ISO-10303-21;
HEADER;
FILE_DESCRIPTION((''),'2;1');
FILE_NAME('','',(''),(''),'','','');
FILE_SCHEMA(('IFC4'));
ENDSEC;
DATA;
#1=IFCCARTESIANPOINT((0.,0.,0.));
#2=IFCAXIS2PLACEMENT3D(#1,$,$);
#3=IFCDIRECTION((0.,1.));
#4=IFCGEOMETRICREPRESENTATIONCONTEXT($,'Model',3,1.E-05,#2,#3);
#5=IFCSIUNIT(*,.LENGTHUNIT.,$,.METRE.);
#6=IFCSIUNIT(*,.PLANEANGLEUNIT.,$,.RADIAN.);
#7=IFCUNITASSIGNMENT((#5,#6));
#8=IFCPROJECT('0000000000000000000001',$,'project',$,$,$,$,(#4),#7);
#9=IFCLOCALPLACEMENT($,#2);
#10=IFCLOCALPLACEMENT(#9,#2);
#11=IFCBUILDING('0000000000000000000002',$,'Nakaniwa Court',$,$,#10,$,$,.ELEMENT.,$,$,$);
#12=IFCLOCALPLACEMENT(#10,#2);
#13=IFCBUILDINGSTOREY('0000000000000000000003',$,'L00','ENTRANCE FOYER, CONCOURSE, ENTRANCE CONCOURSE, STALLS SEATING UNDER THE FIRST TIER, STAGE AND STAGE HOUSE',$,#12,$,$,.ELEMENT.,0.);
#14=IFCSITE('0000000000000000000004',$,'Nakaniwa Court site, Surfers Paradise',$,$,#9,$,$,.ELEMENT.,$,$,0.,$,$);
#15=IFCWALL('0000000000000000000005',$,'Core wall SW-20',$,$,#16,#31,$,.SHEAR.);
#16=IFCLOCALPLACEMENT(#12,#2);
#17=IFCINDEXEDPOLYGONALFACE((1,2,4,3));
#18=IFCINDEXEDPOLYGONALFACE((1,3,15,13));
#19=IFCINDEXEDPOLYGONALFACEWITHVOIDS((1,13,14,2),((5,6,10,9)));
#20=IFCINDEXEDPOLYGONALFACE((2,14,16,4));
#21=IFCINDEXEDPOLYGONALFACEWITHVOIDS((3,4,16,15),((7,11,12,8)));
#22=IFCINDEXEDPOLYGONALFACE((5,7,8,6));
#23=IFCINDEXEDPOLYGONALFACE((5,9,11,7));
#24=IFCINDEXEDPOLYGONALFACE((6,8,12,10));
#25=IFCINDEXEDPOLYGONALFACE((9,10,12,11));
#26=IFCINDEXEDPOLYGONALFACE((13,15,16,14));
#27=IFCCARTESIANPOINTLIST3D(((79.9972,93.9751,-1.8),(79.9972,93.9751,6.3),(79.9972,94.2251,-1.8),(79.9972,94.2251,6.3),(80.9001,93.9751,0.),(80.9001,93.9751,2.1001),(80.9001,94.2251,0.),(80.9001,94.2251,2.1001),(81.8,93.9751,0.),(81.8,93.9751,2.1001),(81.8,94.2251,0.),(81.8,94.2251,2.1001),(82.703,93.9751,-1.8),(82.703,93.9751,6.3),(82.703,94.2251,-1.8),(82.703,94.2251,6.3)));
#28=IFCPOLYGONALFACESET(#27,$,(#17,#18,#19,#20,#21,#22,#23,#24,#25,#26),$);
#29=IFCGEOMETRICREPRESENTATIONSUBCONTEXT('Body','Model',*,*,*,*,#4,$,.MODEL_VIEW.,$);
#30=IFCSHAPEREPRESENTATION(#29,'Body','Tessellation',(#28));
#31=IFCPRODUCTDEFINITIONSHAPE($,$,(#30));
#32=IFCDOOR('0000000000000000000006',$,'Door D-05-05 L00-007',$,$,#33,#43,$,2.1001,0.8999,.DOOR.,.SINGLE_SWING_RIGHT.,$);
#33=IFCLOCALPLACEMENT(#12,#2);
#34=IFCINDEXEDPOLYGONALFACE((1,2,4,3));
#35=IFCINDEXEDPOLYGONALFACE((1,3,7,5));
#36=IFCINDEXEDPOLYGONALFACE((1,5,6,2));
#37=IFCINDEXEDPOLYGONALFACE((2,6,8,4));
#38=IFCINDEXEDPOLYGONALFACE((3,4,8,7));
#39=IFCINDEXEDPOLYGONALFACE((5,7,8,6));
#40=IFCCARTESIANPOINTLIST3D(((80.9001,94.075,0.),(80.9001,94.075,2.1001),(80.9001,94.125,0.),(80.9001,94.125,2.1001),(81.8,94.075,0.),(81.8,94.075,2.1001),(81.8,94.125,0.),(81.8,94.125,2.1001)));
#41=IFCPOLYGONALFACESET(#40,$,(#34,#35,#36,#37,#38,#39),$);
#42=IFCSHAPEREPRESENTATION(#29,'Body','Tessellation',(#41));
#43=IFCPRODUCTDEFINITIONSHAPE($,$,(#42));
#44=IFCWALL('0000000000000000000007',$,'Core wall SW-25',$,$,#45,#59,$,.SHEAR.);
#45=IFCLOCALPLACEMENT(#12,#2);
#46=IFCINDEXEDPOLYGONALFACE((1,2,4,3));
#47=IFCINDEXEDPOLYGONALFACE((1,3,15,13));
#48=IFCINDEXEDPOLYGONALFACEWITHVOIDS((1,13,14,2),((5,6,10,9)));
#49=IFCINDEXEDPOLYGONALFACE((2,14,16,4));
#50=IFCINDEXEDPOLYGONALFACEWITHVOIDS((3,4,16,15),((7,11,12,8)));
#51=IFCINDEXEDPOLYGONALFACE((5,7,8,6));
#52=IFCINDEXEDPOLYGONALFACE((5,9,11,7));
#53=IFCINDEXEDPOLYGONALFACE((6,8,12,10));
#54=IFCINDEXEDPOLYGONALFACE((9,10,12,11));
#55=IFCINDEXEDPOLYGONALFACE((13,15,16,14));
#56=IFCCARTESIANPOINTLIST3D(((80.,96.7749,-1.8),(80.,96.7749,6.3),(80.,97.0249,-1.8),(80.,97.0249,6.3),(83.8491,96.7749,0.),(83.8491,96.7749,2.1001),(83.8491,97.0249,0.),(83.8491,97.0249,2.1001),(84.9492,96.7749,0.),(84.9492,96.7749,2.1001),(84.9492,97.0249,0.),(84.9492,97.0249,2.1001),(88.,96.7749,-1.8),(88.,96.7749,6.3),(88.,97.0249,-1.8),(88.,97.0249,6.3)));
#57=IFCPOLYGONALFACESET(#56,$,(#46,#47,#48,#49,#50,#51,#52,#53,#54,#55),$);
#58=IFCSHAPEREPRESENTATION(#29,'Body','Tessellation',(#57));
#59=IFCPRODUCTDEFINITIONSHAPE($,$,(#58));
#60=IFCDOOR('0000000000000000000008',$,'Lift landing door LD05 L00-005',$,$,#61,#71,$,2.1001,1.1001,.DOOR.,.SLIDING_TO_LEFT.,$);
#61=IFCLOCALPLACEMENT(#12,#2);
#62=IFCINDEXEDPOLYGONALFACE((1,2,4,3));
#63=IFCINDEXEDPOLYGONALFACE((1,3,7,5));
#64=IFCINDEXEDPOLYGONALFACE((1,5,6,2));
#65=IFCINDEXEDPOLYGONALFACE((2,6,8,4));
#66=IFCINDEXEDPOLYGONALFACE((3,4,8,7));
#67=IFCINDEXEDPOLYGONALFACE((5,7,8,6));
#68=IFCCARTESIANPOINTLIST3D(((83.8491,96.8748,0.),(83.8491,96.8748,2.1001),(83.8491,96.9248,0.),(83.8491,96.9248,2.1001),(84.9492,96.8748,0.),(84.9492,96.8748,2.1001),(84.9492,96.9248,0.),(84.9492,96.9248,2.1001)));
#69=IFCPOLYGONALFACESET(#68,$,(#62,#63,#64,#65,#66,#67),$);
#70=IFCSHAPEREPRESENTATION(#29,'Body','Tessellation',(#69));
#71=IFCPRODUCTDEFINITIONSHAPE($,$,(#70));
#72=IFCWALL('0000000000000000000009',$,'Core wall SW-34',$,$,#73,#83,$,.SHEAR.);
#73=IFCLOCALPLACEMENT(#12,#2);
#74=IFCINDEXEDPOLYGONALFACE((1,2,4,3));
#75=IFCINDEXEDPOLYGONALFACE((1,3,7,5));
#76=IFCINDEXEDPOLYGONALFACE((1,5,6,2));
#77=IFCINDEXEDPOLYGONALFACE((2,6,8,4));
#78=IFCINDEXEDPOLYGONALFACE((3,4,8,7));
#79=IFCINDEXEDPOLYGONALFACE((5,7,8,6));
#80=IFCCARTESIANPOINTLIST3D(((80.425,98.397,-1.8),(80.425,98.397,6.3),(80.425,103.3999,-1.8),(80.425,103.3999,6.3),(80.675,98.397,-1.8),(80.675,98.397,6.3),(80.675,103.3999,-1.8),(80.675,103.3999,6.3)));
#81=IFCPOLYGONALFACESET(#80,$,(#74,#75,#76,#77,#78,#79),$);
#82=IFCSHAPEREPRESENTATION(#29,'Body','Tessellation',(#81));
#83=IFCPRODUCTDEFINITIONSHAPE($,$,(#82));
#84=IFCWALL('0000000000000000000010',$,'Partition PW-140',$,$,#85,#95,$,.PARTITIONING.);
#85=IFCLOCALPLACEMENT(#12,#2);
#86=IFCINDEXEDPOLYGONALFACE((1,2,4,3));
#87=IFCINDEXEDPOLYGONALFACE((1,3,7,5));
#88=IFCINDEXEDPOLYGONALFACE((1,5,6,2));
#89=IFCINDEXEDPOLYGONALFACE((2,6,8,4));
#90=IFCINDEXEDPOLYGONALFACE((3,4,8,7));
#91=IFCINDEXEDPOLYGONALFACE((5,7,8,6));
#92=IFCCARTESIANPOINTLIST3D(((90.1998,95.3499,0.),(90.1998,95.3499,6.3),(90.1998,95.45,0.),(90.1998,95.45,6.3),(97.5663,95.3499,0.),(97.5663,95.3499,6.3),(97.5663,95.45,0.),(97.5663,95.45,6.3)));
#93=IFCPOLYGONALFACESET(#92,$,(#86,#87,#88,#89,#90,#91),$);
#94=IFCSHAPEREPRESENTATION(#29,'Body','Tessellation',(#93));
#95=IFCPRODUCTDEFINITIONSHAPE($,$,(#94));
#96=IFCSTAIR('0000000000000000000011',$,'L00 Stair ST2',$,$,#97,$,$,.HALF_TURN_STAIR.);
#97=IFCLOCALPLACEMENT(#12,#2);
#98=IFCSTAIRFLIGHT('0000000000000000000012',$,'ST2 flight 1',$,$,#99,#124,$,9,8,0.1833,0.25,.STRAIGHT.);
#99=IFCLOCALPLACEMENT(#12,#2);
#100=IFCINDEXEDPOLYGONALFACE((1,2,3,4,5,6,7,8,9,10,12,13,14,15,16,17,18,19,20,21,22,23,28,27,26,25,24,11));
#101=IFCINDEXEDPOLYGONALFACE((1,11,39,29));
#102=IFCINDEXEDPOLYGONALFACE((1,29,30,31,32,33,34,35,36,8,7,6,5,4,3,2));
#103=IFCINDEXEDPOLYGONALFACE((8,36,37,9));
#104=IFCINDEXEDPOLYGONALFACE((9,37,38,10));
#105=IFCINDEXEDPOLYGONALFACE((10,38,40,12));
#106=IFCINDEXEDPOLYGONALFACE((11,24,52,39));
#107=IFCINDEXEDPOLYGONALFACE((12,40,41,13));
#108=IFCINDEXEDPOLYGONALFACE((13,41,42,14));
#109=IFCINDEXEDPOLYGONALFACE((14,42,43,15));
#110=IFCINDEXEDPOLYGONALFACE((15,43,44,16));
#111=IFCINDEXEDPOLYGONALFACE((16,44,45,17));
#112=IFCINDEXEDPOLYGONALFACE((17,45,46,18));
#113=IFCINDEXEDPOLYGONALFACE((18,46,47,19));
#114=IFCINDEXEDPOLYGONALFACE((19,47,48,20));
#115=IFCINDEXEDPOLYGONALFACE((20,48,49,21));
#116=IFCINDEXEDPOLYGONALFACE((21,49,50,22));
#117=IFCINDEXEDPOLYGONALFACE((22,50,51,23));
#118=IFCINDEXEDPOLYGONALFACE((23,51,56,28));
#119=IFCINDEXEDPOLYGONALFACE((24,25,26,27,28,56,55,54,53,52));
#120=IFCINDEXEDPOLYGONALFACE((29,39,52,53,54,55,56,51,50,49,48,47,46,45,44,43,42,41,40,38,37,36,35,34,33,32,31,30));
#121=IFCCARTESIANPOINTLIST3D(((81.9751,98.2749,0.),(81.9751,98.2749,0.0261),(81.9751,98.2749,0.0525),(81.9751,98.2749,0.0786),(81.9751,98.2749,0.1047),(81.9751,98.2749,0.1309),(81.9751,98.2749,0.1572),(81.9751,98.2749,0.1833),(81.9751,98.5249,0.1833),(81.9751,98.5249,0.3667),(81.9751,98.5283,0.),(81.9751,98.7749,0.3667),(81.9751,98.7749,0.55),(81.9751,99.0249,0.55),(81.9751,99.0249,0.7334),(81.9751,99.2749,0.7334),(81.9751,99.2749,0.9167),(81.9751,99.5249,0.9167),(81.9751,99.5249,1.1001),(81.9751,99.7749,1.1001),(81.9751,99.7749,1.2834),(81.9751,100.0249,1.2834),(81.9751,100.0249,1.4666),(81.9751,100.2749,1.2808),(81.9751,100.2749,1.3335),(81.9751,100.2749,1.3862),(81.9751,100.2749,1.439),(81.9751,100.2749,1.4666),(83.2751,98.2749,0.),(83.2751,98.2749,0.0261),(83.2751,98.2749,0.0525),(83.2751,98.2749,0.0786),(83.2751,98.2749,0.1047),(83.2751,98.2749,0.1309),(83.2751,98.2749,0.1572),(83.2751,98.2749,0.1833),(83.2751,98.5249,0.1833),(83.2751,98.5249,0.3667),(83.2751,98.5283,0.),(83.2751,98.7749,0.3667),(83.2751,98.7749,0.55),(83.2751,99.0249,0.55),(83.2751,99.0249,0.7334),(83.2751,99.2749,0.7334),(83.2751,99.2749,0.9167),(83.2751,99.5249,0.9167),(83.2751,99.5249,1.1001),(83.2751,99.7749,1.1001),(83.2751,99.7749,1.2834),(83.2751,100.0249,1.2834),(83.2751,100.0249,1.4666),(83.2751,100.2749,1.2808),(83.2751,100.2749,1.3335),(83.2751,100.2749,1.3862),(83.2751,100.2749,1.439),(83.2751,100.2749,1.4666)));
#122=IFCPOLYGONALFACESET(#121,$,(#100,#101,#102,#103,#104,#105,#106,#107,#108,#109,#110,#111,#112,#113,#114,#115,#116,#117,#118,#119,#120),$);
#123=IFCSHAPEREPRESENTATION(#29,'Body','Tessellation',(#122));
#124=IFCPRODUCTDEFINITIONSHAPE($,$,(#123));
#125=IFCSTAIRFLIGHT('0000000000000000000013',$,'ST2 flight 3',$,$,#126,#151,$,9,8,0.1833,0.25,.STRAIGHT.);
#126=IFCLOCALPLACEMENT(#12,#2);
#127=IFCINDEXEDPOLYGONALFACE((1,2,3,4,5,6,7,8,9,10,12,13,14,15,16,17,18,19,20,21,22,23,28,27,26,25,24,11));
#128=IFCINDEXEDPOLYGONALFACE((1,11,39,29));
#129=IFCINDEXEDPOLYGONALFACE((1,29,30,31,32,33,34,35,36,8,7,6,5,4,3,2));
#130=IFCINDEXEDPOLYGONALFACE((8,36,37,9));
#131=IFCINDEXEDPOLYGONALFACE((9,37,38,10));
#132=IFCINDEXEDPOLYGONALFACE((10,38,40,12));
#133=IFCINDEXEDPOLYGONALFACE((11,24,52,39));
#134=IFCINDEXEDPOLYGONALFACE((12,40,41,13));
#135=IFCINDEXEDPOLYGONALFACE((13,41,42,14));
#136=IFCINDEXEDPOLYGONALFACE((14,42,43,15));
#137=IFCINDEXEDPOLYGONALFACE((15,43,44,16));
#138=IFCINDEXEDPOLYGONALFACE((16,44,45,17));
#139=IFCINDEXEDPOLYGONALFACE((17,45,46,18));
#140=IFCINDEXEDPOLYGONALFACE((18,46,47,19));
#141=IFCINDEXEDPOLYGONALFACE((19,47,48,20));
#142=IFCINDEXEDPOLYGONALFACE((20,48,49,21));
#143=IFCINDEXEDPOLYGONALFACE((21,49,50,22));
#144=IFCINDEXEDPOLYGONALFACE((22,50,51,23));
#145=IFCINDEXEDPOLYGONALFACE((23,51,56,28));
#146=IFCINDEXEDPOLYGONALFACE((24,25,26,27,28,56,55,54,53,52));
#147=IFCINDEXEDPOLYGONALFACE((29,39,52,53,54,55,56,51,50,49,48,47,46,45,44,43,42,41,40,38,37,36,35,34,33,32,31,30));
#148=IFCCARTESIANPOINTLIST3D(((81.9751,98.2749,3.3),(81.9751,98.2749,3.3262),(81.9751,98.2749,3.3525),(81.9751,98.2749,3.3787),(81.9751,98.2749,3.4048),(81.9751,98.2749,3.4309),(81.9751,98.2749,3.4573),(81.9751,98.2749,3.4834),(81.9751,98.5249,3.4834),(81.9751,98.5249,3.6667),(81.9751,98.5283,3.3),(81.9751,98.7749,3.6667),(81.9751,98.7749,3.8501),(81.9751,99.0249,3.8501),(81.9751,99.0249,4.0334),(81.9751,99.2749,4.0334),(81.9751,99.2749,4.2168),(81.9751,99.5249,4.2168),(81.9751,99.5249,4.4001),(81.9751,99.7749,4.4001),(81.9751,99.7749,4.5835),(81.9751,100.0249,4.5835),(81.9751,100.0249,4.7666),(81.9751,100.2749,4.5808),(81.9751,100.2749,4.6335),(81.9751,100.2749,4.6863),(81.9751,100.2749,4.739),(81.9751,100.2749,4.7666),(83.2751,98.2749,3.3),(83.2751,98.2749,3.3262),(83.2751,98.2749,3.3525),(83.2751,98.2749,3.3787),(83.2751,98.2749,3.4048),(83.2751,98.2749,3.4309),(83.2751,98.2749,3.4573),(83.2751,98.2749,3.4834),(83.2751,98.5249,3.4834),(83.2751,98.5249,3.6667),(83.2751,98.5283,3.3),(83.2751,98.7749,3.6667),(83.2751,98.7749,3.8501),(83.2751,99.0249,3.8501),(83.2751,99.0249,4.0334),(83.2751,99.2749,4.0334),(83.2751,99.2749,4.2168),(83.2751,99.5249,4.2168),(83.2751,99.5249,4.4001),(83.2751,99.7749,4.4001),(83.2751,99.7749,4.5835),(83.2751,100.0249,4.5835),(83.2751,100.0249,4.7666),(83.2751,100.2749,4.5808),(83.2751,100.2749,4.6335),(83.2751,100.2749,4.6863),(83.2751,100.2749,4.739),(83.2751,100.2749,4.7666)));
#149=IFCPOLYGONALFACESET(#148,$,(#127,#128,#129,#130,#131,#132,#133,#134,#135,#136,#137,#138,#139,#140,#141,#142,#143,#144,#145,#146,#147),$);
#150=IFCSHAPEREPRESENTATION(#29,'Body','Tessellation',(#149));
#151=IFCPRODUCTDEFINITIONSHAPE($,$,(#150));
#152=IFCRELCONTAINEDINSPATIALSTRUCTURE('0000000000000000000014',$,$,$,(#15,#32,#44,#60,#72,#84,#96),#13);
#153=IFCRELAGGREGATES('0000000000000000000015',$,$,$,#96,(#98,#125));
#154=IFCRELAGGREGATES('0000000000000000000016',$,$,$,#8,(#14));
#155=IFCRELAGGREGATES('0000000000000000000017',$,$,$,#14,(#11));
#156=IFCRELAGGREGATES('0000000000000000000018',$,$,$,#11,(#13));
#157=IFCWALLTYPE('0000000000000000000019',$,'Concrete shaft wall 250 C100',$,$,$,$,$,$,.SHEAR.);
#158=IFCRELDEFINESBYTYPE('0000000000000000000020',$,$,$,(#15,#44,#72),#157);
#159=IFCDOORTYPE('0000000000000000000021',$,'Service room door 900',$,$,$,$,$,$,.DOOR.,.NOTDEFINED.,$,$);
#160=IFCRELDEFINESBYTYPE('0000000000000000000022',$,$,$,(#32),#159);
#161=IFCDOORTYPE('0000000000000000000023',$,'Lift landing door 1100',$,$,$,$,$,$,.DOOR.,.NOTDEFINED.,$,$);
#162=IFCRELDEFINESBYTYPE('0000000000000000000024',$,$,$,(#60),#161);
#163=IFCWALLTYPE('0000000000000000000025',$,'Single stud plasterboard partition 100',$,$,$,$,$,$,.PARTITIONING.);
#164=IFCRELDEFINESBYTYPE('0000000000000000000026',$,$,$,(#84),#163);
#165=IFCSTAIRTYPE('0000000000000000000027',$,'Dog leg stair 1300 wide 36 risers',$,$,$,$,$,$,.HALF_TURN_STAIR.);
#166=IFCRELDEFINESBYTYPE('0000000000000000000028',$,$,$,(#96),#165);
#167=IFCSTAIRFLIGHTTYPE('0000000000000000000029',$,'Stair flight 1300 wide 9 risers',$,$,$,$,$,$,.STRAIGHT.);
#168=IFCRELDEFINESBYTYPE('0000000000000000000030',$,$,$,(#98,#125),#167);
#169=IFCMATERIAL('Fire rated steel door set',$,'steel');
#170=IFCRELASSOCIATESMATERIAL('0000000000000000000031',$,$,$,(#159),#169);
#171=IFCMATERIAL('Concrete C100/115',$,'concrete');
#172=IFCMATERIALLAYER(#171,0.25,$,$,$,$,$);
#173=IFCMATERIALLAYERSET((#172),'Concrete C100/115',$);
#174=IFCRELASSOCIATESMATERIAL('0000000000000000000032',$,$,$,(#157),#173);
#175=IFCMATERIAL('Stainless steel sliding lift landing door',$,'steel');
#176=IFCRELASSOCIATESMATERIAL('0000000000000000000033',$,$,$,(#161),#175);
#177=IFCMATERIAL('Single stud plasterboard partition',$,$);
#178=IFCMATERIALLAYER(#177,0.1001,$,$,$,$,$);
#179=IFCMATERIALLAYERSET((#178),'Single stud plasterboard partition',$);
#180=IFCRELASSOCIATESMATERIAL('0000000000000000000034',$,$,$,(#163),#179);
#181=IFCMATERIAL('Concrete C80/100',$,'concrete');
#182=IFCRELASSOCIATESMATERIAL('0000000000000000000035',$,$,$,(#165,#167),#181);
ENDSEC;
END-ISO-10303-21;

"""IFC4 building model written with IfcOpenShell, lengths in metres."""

from ifc_helpers import new_model, si_unit, direction, frame, frame_2d, origin, place, context, subcontext, project, spatial, polyline, rectangle, outline, extrude, material, layer, layer_set, type_object, element, fill, aggregate, save


model = new_model("IFC4")

# Units and contexts
model_context = context("Model", 3, precision=1e-05, world=origin(), true_north=direction((0.0, 1.0)))
body_context = subcontext(model_context, "Body", "Model", "MODEL_VIEW")
ifc_project = project(units=[si_unit("LENGTHUNIT", "METRE"), si_unit("PLANEANGLEUNIT", "RADIAN")], contexts=[model_context])

# Site, building, storey
site_placement = place(None, origin())
site = spatial("IfcSite", under=ifc_project, at=site_placement, Name="Nakaniwa Court site, Surfers Paradise", CompositionType="ELEMENT", RefElevation=0.0)
building_placement = place(site_placement, origin())
building = spatial("IfcBuilding", under=site, at=building_placement, Name="Nakaniwa Court", CompositionType="ELEMENT")
storey_placement = place(building_placement, origin())
storey = spatial("IfcBuildingStorey", under=building, at=storey_placement, Name="L00", Description="ENTRANCE FOYER, CONCOURSE, ENTRANCE CONCOURSE, STALLS SEATING UNDER THE FIRST TIER, STAGE AND STAGE HOUSE", CompositionType="ELEMENT", Elevation=0.0)

# Shared definitions
ifc_material_1 = material(Name="Concrete C100/115", Category="concrete")

# Shared definitions
ifc_material_2 = material(Name="Fire rated steel door set", Category="steel")
door_type_1 = type_object("IfcDoorType", Name="Service room door 900", OperationType="NOTDEFINED", PredefinedType="DOOR", material=ifc_material_2)

# Shared definitions
ifc_layer_1 = layer(ifc_material_1, 0.25)
ifc_layer_set_1 = layer_set([ifc_layer_1], Name="Concrete C100/115")
wall_type_1 = type_object("IfcWallType", Name="Concrete shaft wall 250 C100", PredefinedType="SHEAR", material=ifc_layer_set_1)

# Walls, openings, doors
wall_1_placement = place(storey_placement, frame((79.9971, 94.1001, -1.8), z_axis=(0.0, 0.0, 1.0), x_axis=(1.0, 0.0, 0.0)))
wall_1 = element("IfcWall", 1, at=wall_1_placement, inside=storey, type_object=wall_type_1, Name="Core wall SW-20", PredefinedType="SHEAR", context=body_context, shape_type="SweptSolid", body=[
    extrude(rectangle(XDim=2.7058, YDim=0.25, at=frame_2d((1.353, 0.0))), origin(), (0.0, 0.0, 1.0), 8.1001),
])
opening_1_placement = place(wall_1_placement, frame((0.9031, 0.0, 1.8)))
opening_1 = element("IfcOpeningElement", 2, at=opening_1_placement, cuts=wall_1, PredefinedType="OPENING", context=body_context, shape_type="SweptSolid", body=[
    extrude(rectangle(XDim=0.8999, YDim=2.1001, at=frame_2d((0.45, 1.05))), frame((0.0, 0.135, 0.0), z_axis=(0.0, -1.0, 0.0), x_axis=(1.0, 0.0, 0.0)), (0.0, 0.0, 1.0), 0.27),
])
door_1_placement = place(opening_1_placement, origin())
door_1 = element("IfcDoor", 3, at=door_1_placement, inside=storey, type_object=door_type_1, Name="Door D-05-05 L00-007", OperationType="SINGLE_SWING_RIGHT", OverallHeight=2.1001, OverallWidth=0.8999, PredefinedType="DOOR", context=body_context, shape_type="SweptSolid", body=[
    extrude(rectangle(XDim=0.8999, YDim=2.1001, at=frame_2d((0.45, 1.05))), frame((0.0, 0.0249, 0.0), z_axis=(0.0, -1.0, 0.0), x_axis=(1.0, 0.0, 0.0)), (0.0, 0.0, 1.0), 0.05),
])
fill(opening_1, door_1)
wall_2_placement = place(storey_placement, frame((80.0, 96.8999, -1.8), z_axis=(0.0, 0.0, 1.0), x_axis=(1.0, 0.0, 0.0)))
wall_2 = element("IfcWall", 4, at=wall_2_placement, inside=storey, type_object=wall_type_1, Name="Core wall SW-25", PredefinedType="SHEAR", context=body_context, shape_type="SweptSolid", body=[
    extrude(rectangle(XDim=8.0, YDim=0.25, at=frame_2d((4.0, 0.0))), origin(), (0.0, 0.0, 1.0), 8.1001),
])
opening_2_placement = place(wall_2_placement, frame((3.8491, 0.0, 1.8)))
opening_2 = element("IfcOpeningElement", 5, at=opening_2_placement, cuts=wall_2, PredefinedType="OPENING", context=body_context, shape_type="SweptSolid", body=[
    extrude(rectangle(XDim=1.1001, YDim=2.1001, at=frame_2d((0.55, 1.05))), frame((0.0, 0.135, 0.0), z_axis=(0.0, -1.0, 0.0), x_axis=(1.0, 0.0, 0.0)), (0.0, 0.0, 1.0), 0.27),
])
ifc_material_3 = material(Name="Stainless steel sliding lift landing door", Category="steel")
door_type_2 = type_object("IfcDoorType", Name="Lift landing door 1100", OperationType="NOTDEFINED", PredefinedType="DOOR", material=ifc_material_3)
door_2_placement = place(opening_2_placement, origin())
door_2 = element("IfcDoor", 6, at=door_2_placement, inside=storey, type_object=door_type_2, Name="Lift landing door LD05 L00-005", OperationType="SLIDING_TO_LEFT", OverallHeight=2.1001, OverallWidth=1.1001, PredefinedType="DOOR", context=body_context, shape_type="SweptSolid", body=[
    extrude(rectangle(XDim=1.1001, YDim=2.1001, at=frame_2d((0.55, 1.05))), frame((0.0, 0.0249, 0.0), z_axis=(0.0, -1.0, 0.0), x_axis=(1.0, 0.0, 0.0)), (0.0, 0.0, 1.0), 0.05),
])
fill(opening_2, door_2)

# Walls
wall_3_placement = place(storey_placement, frame((80.55, 98.397, -1.8), z_axis=(0.0, 0.0, 1.0), x_axis=(0.0, 1.0, 0.0)))
element("IfcWall", 7, at=wall_3_placement, inside=storey, type_object=wall_type_1, Name="Core wall SW-34", PredefinedType="SHEAR", context=body_context, shape_type="SweptSolid", body=[
    extrude(rectangle(XDim=5.0029, YDim=0.25, at=frame_2d((2.5015, 0.0))), origin(), (0.0, 0.0, 1.0), 8.1001),
])
ifc_material_4 = material(Name="Single stud plasterboard partition")
ifc_layer_2 = layer(ifc_material_4, 0.1001)
ifc_layer_set_2 = layer_set([ifc_layer_2], Name="Single stud plasterboard partition")
wall_type_2 = type_object("IfcWallType", Name="Single stud plasterboard partition 100", PredefinedType="PARTITIONING", material=ifc_layer_set_2)
wall_4_placement = place(storey_placement, frame((90.2, 95.3999, 0.0), z_axis=(0.0, 0.0, 1.0), x_axis=(1.0, 0.0, 0.0)))
element("IfcWall", 8, at=wall_4_placement, inside=storey, type_object=wall_type_2, Name="Partition PW-140", PredefinedType="PARTITIONING", context=body_context, shape_type="SweptSolid", body=[
    extrude(rectangle(XDim=7.3665, YDim=0.1001, at=frame_2d((3.6831, 0.0))), origin(), (0.0, 0.0, 1.0), 6.3),
])

# Stair, stair flights
ifc_material_5 = material(Name="Concrete C80/100", Category="concrete")
stair_type = type_object("IfcStairType", Name="Dog leg stair 1300 wide 36 risers", PredefinedType="HALF_TURN_STAIR", material=ifc_material_5)
stair_placement = place(storey_placement, origin())
stair = element("IfcStair", 9, at=stair_placement, inside=storey, type_object=stair_type, Name="L00 Stair ST2", PredefinedType="HALF_TURN_STAIR")
stair_flight_type = type_object("IfcStairFlightType", Name="Stair flight 1300 wide 9 risers", PredefinedType="STRAIGHT", material=ifc_material_5)
stair_flight_1_placement = place(storey_placement, frame((82.625, 98.2749, 0.0), z_axis=(0.0, 0.0, 1.0), x_axis=(0.0, 1.0, 0.0)))
stair_flight_1 = element("IfcStairFlight", 10, at=stair_flight_1_placement, type_object=stair_flight_type, Name="ST2 flight 1", NumberOfRisers=9, NumberOfTreads=8, PredefinedType="STRAIGHT", RiserHeight=0.1833, TreadLength=0.25, context=body_context, shape_type="SweptSolid", body=[
    extrude(outline(polyline([(0.0, 0.0), (0.0, 0.0261), (0.0, 0.0525), (0.0, 0.0786), (0.0, 0.1047), (0.0, 0.1309), (0.0, 0.1572), (0.0, 0.1833), (0.25, 0.1833), (0.25, 0.3667), (0.5, 0.3667), (0.5, 0.55), (0.75, 0.55), (0.75, 0.7334), (1.0, 0.7334), (1.0, 0.9167), (1.25, 0.9167), (1.25, 1.1001), (1.5, 1.1001), (1.5, 1.2834), (1.75, 1.2834), (1.75, 1.4666), (2.0, 1.4666), (2.0, 1.6499), (2.0, 1.5972), (2.0, 1.5444), (2.0, 1.4917), (2.0, 1.439), (2.0, 1.3862), (2.0, 1.3335), (2.0, 1.2808), (0.2534, 0.0), (0.0, 0.0)])), frame((0.0, 0.6499, 0.0), z_axis=(0.0, -1.0, 0.0), x_axis=(1.0, 0.0, 0.0)), (0.0, 0.0, 1.0), 1.3),
])
stair_flight_2_placement = place(storey_placement, frame((82.625, 98.2749, 3.3), z_axis=(0.0, 0.0, 1.0), x_axis=(0.0, 1.0, 0.0)))
stair_flight_2 = element("IfcStairFlight", 11, at=stair_flight_2_placement, type_object=stair_flight_type, Name="ST2 flight 3", NumberOfRisers=9, NumberOfTreads=8, PredefinedType="STRAIGHT", RiserHeight=0.1833, TreadLength=0.25, context=body_context, shape_type="SweptSolid", body=[
    extrude(outline(polyline([(0.0, 0.0), (0.0, 0.0261), (0.0, 0.0525), (0.0, 0.0786), (0.0, 0.1047), (0.0, 0.1309), (0.0, 0.1572), (0.0, 0.1833), (0.25, 0.1833), (0.25, 0.3667), (0.5, 0.3667), (0.5, 0.55), (0.75, 0.55), (0.75, 0.7334), (1.0, 0.7334), (1.0, 0.9167), (1.25, 0.9167), (1.25, 1.1001), (1.5, 1.1001), (1.5, 1.2834), (1.75, 1.2834), (1.75, 1.4666), (2.0, 1.4666), (2.0, 1.6499), (2.0, 1.5972), (2.0, 1.5444), (2.0, 1.4917), (2.0, 1.439), (2.0, 1.3862), (2.0, 1.3335), (2.0, 1.2808), (0.2534, 0.0), (0.0, 0.0)])), frame((0.0, 0.6499, 0.0), z_axis=(0.0, -1.0, 0.0), x_axis=(1.0, 0.0, 0.0)), (0.0, 0.0, 1.0), 1.3),
])
aggregate(stair, [stair_flight_1, stair_flight_2])

save(model, "model.ifc")
